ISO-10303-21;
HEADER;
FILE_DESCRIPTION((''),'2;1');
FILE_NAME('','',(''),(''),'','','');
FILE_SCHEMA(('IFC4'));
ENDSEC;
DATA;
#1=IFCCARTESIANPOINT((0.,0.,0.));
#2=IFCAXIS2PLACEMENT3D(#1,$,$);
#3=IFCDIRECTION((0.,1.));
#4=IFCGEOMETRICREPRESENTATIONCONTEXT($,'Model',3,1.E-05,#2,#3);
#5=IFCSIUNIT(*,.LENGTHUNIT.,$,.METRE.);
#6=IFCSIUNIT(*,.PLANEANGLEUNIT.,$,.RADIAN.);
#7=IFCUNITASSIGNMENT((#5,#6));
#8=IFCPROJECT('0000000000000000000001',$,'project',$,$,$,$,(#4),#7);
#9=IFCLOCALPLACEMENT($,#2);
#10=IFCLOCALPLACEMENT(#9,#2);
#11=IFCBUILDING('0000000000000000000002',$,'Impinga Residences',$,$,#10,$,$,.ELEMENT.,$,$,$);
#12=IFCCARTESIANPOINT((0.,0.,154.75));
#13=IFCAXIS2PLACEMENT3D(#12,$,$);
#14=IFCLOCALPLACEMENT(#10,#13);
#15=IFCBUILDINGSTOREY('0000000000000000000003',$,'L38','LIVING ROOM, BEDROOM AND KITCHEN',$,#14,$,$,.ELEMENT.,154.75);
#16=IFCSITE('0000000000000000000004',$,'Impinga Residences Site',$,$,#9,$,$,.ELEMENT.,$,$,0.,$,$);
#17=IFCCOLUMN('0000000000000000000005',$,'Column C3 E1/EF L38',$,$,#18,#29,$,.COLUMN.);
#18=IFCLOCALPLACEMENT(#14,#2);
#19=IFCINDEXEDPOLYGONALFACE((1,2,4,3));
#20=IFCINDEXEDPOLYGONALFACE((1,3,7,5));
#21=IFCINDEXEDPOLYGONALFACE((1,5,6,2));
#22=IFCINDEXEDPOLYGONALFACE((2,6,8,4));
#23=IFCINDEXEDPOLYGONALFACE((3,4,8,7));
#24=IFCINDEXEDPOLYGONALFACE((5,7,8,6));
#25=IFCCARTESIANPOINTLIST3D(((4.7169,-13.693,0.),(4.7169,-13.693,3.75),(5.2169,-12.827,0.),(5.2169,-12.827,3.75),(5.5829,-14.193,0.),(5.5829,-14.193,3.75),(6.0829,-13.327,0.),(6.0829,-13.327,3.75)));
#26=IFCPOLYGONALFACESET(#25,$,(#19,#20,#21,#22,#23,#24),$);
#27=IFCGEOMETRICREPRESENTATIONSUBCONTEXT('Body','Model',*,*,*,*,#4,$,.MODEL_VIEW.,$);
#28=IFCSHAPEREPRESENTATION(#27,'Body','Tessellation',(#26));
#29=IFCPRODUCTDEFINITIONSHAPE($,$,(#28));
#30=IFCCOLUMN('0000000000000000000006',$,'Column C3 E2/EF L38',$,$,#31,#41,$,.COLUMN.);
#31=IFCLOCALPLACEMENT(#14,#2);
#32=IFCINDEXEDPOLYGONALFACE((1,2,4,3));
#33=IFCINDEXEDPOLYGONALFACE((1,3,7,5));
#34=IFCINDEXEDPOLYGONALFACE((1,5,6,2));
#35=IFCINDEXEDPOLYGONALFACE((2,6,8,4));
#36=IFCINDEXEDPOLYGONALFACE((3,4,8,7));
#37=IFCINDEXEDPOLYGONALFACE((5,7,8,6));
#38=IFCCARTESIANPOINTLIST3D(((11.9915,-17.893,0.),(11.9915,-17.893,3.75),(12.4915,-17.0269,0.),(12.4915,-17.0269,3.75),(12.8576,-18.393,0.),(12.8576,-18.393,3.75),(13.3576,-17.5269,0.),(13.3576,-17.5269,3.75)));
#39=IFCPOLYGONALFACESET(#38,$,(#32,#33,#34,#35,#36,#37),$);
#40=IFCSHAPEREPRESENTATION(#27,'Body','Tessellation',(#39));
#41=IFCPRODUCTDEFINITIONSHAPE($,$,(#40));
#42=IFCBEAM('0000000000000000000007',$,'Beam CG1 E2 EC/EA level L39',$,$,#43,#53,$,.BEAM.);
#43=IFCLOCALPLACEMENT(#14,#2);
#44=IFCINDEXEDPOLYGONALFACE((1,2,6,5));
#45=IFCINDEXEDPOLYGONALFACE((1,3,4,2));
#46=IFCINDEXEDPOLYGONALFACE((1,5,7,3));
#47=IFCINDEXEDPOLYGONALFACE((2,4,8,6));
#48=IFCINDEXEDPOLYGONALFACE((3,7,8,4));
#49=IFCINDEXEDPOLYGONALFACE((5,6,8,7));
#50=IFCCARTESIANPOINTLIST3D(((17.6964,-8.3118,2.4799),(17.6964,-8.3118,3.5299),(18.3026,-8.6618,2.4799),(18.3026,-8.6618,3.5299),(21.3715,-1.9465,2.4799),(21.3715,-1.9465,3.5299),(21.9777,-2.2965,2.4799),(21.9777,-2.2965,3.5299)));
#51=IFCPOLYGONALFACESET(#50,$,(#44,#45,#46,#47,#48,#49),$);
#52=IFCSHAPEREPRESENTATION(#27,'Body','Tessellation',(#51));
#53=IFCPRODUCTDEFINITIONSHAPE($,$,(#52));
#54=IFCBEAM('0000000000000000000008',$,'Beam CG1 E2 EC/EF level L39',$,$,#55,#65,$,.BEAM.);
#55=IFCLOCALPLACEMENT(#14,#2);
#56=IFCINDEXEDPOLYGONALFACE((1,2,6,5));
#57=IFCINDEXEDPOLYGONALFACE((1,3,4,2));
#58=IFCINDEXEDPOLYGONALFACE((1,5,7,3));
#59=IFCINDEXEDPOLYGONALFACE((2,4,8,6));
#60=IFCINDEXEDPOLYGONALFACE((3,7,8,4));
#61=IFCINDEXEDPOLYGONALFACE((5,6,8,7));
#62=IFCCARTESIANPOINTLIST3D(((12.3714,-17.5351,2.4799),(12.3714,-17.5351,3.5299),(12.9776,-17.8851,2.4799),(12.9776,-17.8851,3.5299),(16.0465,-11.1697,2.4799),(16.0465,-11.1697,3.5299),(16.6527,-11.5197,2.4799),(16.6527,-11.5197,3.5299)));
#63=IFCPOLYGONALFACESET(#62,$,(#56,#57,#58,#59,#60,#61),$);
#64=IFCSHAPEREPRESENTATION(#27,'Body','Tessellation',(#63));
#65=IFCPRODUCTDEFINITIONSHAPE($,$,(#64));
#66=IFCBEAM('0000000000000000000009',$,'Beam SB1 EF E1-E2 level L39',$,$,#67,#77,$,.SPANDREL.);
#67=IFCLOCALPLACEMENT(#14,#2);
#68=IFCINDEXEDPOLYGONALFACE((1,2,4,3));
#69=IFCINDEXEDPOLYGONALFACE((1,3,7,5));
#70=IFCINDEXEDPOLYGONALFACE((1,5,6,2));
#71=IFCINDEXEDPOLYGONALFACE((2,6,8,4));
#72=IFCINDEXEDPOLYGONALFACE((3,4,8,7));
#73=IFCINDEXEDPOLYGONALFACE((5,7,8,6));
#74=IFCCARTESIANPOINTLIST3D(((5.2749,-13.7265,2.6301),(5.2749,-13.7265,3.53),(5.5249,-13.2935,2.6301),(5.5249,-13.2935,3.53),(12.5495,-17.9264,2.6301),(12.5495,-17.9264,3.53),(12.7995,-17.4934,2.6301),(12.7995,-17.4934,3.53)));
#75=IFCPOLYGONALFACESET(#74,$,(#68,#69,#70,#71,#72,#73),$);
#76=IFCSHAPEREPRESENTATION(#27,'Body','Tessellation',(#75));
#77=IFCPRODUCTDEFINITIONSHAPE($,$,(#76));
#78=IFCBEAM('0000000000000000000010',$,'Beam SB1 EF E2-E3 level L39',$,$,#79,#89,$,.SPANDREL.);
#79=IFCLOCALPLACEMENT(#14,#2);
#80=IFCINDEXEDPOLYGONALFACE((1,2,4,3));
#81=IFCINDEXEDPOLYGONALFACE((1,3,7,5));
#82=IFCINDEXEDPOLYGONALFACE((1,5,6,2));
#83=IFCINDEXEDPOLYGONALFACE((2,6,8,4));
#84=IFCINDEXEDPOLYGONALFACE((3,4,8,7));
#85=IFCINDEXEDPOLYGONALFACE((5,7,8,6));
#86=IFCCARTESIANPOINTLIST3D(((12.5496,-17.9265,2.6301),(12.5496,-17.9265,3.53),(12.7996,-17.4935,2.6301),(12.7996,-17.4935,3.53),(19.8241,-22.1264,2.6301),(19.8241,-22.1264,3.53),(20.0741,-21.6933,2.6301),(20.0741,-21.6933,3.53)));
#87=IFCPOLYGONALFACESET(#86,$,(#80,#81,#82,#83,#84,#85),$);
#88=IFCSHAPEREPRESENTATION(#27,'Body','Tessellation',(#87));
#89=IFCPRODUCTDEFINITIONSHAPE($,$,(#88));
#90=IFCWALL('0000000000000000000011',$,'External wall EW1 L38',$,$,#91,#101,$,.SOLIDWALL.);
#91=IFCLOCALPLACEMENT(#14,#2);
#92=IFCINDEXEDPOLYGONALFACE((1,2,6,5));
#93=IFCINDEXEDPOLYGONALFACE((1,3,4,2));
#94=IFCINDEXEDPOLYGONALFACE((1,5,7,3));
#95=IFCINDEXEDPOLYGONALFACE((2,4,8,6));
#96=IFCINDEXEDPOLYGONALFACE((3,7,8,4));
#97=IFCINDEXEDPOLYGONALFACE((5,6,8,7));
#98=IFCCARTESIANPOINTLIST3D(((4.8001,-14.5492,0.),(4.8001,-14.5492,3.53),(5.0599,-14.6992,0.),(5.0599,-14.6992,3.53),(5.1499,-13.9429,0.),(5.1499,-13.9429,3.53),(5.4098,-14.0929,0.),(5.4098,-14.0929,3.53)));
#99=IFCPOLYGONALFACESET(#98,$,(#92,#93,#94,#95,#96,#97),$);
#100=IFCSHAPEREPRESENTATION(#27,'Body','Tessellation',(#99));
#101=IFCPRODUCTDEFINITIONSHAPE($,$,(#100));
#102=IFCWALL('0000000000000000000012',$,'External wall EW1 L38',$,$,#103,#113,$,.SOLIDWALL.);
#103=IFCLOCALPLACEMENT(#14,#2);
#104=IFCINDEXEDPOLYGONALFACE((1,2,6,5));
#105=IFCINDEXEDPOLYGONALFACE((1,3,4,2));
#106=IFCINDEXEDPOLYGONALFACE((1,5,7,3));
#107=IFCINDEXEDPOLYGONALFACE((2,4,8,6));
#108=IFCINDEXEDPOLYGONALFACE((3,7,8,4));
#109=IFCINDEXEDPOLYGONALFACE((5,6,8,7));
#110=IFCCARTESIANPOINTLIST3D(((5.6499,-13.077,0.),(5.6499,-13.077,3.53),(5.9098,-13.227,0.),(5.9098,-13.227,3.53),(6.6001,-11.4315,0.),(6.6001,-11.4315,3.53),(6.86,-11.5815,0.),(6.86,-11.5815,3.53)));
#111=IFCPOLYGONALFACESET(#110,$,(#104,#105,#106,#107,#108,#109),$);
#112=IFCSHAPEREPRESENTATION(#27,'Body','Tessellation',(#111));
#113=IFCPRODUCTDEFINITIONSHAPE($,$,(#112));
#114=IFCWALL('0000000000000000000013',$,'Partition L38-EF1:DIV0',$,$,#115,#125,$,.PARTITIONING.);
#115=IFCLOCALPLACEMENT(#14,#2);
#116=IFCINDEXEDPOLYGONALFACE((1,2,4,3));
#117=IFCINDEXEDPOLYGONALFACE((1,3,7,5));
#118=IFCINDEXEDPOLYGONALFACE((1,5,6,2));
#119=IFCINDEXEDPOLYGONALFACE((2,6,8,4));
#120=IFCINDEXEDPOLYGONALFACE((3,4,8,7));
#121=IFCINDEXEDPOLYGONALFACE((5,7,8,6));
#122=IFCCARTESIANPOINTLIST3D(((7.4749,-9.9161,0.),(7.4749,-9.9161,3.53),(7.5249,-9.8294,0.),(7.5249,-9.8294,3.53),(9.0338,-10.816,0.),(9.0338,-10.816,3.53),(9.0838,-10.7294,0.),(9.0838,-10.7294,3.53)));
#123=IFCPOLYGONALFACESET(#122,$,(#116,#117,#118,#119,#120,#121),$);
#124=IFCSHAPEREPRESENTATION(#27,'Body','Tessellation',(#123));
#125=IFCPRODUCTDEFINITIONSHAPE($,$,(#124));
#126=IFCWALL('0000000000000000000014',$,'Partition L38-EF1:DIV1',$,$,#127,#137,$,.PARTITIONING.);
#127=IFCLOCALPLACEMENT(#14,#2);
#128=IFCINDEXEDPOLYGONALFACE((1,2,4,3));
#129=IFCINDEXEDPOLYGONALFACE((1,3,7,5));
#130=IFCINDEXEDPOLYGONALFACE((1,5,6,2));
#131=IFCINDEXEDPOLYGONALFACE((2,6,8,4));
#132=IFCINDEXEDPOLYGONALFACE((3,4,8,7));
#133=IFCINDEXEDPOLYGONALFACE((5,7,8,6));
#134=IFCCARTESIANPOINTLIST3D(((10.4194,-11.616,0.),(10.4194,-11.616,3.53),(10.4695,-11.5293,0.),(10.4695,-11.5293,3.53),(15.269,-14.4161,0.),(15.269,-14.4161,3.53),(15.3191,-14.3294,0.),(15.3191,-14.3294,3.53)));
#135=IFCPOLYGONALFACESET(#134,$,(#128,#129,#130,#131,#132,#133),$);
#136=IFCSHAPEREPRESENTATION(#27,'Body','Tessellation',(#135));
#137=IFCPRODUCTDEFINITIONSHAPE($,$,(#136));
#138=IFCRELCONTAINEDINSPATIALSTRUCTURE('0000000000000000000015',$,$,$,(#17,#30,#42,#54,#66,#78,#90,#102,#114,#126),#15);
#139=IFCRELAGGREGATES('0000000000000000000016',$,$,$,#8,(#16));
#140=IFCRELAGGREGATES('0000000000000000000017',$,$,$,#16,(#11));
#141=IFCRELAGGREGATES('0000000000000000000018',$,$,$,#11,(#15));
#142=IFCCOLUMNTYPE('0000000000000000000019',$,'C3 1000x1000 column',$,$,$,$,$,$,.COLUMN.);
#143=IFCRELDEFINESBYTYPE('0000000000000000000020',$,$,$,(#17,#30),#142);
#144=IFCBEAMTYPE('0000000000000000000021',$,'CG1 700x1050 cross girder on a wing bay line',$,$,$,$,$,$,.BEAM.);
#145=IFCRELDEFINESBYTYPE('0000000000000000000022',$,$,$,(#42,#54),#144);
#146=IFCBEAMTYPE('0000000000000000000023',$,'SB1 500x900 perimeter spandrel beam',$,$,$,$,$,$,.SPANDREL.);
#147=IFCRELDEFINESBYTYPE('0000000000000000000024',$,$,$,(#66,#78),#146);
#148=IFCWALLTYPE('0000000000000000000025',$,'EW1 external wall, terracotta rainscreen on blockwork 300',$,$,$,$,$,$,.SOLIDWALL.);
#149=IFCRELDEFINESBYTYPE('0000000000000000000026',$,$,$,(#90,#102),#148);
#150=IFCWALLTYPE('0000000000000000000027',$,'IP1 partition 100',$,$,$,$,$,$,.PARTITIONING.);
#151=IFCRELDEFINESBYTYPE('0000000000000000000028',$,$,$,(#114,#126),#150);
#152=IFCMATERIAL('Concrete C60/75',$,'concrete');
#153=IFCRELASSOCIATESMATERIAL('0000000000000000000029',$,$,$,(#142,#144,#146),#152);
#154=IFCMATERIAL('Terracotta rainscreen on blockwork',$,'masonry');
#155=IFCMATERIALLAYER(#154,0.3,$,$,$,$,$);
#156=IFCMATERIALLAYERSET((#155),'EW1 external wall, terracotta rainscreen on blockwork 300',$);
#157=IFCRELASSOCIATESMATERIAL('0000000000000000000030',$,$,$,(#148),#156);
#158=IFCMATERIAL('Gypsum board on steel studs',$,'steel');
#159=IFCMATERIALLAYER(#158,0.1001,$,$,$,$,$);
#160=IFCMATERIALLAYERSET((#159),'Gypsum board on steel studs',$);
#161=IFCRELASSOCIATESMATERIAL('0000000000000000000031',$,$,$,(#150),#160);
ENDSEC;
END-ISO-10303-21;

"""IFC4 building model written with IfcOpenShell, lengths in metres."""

from ifc_helpers import new_model, si_unit, direction, frame, frame_2d, origin, origin_2d, place, context, subcontext, project, spatial, rectangle, extrude, material, layer, layer_set, material_profile, profile_set, type_object, element, save


model = new_model("IFC4")

# Units and contexts
model_context = context("Model", 3, precision=1e-05, world=origin(), true_north=direction((0.0, 1.0)))
body_context = subcontext(model_context, "Body", "Model", "MODEL_VIEW")
ifc_project = project(units=[si_unit("LENGTHUNIT", "METRE"), si_unit("PLANEANGLEUNIT", "RADIAN")], contexts=[model_context])

# Site, building, storey
site_placement = place(None, origin())
site = spatial("IfcSite", under=ifc_project, at=site_placement, Name="Impinga Residences Site", CompositionType="ELEMENT", RefElevation=0.0)
building_placement = place(site_placement, origin())
building = spatial("IfcBuilding", under=site, at=building_placement, Name="Impinga Residences", CompositionType="ELEMENT")
storey_placement = place(building_placement, frame((0.0, 0.0, 154.75)))
storey = spatial("IfcBuildingStorey", under=building, at=storey_placement, Name="L38", Description="LIVING ROOM, BEDROOM AND KITCHEN", CompositionType="ELEMENT", Elevation=154.75)

# Columns
ifc_material_1 = material(Name="Concrete C60/75", Category="concrete")
ifc_material_profile_1 = material_profile(ifc_material_1, rectangle(XDim=1.0, YDim=1.0, at=origin_2d()), Name="RC 1000x1000")
ifc_profile_set_1 = profile_set([ifc_material_profile_1], Name="Concrete C60/75")
column_type = type_object("IfcColumnType", Name="C3 1000x1000 column", PredefinedType="COLUMN", material=ifc_profile_set_1)
for number, where, z_axis, x_axis, name in (
    (1, (5.3999, -13.51, 0.0), (0.0, 0.0, 1.0), (-0.5, -0.866025, 0.0), "Column C3 E1/EF L38"),
    (2, (12.6746, -17.71, 0.0), (0.0, 0.0, 1.0), (-0.5, -0.866025, 0.0), "Column C3 E2/EF L38"),
):
    element("IfcColumn", number, at=place(storey_placement, frame(where, z_axis=z_axis, x_axis=x_axis)), inside=storey, type_object=column_type, Name=name, PredefinedType="COLUMN", context=body_context, shape_type="SweptSolid", body=[
        extrude(rectangle(XDim=1.0, YDim=1.0, at=origin_2d()), origin(), (0.0, 0.0, 1.0), 3.75),
    ])

# Beams
ifc_material_profile_2 = material_profile(ifc_material_1, rectangle(XDim=0.7, YDim=1.05, at=origin_2d()), Name="RC 700x1050")
ifc_profile_set_2 = profile_set([ifc_material_profile_2], Name="Concrete C60/75")
beam_type_1 = type_object("IfcBeamType", Name="CG1 700x1050 cross girder on a wing bay line", PredefinedType="BEAM", material=ifc_profile_set_2)
for number, where, z_axis, x_axis, name in (
    (3, (17.9995, -8.4868, 3.0049), (0.500008, 0.866021, 0.0), (-0.866021, 0.500008, 0.0), "Beam CG1 E2 EC/EA level L39"),
    (4, (16.3496, -11.3447, 3.0049), (-0.500008, -0.866021, 0.0), (0.866021, -0.500008, 0.0), "Beam CG1 E2 EC/EF level L39"),
):
    element("IfcBeam", number, at=place(storey_placement, frame(where, z_axis=z_axis, x_axis=x_axis)), inside=storey, type_object=beam_type_1, Name=name, PredefinedType="BEAM", context=body_context, shape_type="SweptSolid", body=[
        extrude(rectangle(XDim=0.7, YDim=1.05, at=origin_2d()), origin(), (0.0, 0.0, 1.0), 7.3501),
    ])
ifc_material_profile_3 = material_profile(ifc_material_1, rectangle(XDim=0.5, YDim=0.8999, at=origin_2d()), Name="RC 500x900")
ifc_profile_set_3 = profile_set([ifc_material_profile_3], Name="Concrete C60/75")
beam_type_2 = type_object("IfcBeamType", Name="SB1 500x900 perimeter spandrel beam", PredefinedType="SPANDREL", material=ifc_profile_set_3)
for number, where, z_axis, x_axis, name in (
    (5, (5.3999, -13.51, 3.0801), (0.866029, -0.499993, 0.0), (0.499993, 0.866029, 0.0), "Beam SB1 EF E1-E2 level L39"),
    (6, (12.6746, -17.71, 3.0801), (0.866029, -0.499993, 0.0), (0.499993, 0.866029, 0.0), "Beam SB1 EF E2-E3 level L39"),
):
    element("IfcBeam", number, at=place(storey_placement, frame(where, z_axis=z_axis, x_axis=x_axis)), inside=storey, type_object=beam_type_2, Name=name, PredefinedType="SPANDREL", context=body_context, shape_type="SweptSolid", body=[
        extrude(rectangle(XDim=0.5, YDim=0.8999, at=origin_2d()), origin(), (0.0, 0.0, 1.0), 8.3999),
    ])

# Walls
ifc_material_2 = material(Name="Terracotta rainscreen on blockwork", Category="masonry")
ifc_layer_1 = layer(ifc_material_2, 0.3)
ifc_layer_set_1 = layer_set([ifc_layer_1], Name="EW1 external wall, terracotta rainscreen on blockwork 300")
wall_type_1 = type_object("IfcWallType", Name="EW1 external wall, terracotta rainscreen on blockwork 300", PredefinedType="SOLIDWALL", material=ifc_layer_set_1)
wall_1_placement = place(storey_placement, frame((4.9299, -14.6243, 0.0), z_axis=(0.0, 0.0, 1.0), x_axis=(0.499853, 0.86611, 0.0)))
element("IfcWall", 7, at=wall_1_placement, inside=storey, type_object=wall_type_1, Name="External wall EW1 L38", PredefinedType="SOLIDWALL", context=body_context, shape_type="SweptSolid", body=[
    extrude(rectangle(XDim=0.7, YDim=0.3, at=frame_2d((0.3501, 0.0))), origin(), (0.0, 0.0, 1.0), 3.53),
])
wall_2_placement = place(storey_placement, frame((5.7798, -13.1521, 0.0), z_axis=(0.0, 0.0, 1.0), x_axis=(0.500064, 0.865989, 0.0)))
element("IfcWall", 8, at=wall_2_placement, inside=storey, type_object=wall_type_1, Name="External wall EW1 L38", PredefinedType="SOLIDWALL", context=body_context, shape_type="SweptSolid", body=[
    extrude(rectangle(XDim=1.9001, YDim=0.3, at=frame_2d((0.9502, 0.0))), origin(), (0.0, 0.0, 1.0), 3.53),
])
ifc_material_3 = material(Name="Gypsum board on steel studs", Category="steel")
ifc_layer_2 = layer(ifc_material_3, 0.1001)
ifc_layer_set_2 = layer_set([ifc_layer_2], Name="Gypsum board on steel studs")
wall_type_2 = type_object("IfcWallType", Name="IP1 partition 100", PredefinedType="PARTITIONING", material=ifc_layer_set_2)
wall_3_placement = place(storey_placement, frame((7.5, -9.8728, 0.0), z_axis=(0.0, 0.0, 1.0), x_axis=(0.866048, -0.499961, 0.0)))
element("IfcWall", 9, at=wall_3_placement, inside=storey, type_object=wall_type_2, Name="Partition L38-EF1:DIV0", PredefinedType="PARTITIONING", context=body_context, shape_type="SweptSolid", body=[
    extrude(rectangle(XDim=1.8, YDim=0.1001, at=frame_2d((0.8999, 0.0))), origin(), (0.0, 0.0, 1.0), 3.53),
])
wall_4_placement = place(storey_placement, frame((10.4446, -11.5728, 0.0), z_axis=(0.0, 0.0, 1.0), x_axis=(0.866016, -0.500017, 0.0)))
element("IfcWall", 10, at=wall_4_placement, inside=storey, type_object=wall_type_2, Name="Partition L38-EF1:DIV1", PredefinedType="PARTITIONING", context=body_context, shape_type="SweptSolid", body=[
    extrude(rectangle(XDim=5.5999, YDim=0.1001, at=frame_2d((2.7998, 0.0))), origin(), (0.0, 0.0, 1.0), 3.53),
])

save(model, "model.ifc")
